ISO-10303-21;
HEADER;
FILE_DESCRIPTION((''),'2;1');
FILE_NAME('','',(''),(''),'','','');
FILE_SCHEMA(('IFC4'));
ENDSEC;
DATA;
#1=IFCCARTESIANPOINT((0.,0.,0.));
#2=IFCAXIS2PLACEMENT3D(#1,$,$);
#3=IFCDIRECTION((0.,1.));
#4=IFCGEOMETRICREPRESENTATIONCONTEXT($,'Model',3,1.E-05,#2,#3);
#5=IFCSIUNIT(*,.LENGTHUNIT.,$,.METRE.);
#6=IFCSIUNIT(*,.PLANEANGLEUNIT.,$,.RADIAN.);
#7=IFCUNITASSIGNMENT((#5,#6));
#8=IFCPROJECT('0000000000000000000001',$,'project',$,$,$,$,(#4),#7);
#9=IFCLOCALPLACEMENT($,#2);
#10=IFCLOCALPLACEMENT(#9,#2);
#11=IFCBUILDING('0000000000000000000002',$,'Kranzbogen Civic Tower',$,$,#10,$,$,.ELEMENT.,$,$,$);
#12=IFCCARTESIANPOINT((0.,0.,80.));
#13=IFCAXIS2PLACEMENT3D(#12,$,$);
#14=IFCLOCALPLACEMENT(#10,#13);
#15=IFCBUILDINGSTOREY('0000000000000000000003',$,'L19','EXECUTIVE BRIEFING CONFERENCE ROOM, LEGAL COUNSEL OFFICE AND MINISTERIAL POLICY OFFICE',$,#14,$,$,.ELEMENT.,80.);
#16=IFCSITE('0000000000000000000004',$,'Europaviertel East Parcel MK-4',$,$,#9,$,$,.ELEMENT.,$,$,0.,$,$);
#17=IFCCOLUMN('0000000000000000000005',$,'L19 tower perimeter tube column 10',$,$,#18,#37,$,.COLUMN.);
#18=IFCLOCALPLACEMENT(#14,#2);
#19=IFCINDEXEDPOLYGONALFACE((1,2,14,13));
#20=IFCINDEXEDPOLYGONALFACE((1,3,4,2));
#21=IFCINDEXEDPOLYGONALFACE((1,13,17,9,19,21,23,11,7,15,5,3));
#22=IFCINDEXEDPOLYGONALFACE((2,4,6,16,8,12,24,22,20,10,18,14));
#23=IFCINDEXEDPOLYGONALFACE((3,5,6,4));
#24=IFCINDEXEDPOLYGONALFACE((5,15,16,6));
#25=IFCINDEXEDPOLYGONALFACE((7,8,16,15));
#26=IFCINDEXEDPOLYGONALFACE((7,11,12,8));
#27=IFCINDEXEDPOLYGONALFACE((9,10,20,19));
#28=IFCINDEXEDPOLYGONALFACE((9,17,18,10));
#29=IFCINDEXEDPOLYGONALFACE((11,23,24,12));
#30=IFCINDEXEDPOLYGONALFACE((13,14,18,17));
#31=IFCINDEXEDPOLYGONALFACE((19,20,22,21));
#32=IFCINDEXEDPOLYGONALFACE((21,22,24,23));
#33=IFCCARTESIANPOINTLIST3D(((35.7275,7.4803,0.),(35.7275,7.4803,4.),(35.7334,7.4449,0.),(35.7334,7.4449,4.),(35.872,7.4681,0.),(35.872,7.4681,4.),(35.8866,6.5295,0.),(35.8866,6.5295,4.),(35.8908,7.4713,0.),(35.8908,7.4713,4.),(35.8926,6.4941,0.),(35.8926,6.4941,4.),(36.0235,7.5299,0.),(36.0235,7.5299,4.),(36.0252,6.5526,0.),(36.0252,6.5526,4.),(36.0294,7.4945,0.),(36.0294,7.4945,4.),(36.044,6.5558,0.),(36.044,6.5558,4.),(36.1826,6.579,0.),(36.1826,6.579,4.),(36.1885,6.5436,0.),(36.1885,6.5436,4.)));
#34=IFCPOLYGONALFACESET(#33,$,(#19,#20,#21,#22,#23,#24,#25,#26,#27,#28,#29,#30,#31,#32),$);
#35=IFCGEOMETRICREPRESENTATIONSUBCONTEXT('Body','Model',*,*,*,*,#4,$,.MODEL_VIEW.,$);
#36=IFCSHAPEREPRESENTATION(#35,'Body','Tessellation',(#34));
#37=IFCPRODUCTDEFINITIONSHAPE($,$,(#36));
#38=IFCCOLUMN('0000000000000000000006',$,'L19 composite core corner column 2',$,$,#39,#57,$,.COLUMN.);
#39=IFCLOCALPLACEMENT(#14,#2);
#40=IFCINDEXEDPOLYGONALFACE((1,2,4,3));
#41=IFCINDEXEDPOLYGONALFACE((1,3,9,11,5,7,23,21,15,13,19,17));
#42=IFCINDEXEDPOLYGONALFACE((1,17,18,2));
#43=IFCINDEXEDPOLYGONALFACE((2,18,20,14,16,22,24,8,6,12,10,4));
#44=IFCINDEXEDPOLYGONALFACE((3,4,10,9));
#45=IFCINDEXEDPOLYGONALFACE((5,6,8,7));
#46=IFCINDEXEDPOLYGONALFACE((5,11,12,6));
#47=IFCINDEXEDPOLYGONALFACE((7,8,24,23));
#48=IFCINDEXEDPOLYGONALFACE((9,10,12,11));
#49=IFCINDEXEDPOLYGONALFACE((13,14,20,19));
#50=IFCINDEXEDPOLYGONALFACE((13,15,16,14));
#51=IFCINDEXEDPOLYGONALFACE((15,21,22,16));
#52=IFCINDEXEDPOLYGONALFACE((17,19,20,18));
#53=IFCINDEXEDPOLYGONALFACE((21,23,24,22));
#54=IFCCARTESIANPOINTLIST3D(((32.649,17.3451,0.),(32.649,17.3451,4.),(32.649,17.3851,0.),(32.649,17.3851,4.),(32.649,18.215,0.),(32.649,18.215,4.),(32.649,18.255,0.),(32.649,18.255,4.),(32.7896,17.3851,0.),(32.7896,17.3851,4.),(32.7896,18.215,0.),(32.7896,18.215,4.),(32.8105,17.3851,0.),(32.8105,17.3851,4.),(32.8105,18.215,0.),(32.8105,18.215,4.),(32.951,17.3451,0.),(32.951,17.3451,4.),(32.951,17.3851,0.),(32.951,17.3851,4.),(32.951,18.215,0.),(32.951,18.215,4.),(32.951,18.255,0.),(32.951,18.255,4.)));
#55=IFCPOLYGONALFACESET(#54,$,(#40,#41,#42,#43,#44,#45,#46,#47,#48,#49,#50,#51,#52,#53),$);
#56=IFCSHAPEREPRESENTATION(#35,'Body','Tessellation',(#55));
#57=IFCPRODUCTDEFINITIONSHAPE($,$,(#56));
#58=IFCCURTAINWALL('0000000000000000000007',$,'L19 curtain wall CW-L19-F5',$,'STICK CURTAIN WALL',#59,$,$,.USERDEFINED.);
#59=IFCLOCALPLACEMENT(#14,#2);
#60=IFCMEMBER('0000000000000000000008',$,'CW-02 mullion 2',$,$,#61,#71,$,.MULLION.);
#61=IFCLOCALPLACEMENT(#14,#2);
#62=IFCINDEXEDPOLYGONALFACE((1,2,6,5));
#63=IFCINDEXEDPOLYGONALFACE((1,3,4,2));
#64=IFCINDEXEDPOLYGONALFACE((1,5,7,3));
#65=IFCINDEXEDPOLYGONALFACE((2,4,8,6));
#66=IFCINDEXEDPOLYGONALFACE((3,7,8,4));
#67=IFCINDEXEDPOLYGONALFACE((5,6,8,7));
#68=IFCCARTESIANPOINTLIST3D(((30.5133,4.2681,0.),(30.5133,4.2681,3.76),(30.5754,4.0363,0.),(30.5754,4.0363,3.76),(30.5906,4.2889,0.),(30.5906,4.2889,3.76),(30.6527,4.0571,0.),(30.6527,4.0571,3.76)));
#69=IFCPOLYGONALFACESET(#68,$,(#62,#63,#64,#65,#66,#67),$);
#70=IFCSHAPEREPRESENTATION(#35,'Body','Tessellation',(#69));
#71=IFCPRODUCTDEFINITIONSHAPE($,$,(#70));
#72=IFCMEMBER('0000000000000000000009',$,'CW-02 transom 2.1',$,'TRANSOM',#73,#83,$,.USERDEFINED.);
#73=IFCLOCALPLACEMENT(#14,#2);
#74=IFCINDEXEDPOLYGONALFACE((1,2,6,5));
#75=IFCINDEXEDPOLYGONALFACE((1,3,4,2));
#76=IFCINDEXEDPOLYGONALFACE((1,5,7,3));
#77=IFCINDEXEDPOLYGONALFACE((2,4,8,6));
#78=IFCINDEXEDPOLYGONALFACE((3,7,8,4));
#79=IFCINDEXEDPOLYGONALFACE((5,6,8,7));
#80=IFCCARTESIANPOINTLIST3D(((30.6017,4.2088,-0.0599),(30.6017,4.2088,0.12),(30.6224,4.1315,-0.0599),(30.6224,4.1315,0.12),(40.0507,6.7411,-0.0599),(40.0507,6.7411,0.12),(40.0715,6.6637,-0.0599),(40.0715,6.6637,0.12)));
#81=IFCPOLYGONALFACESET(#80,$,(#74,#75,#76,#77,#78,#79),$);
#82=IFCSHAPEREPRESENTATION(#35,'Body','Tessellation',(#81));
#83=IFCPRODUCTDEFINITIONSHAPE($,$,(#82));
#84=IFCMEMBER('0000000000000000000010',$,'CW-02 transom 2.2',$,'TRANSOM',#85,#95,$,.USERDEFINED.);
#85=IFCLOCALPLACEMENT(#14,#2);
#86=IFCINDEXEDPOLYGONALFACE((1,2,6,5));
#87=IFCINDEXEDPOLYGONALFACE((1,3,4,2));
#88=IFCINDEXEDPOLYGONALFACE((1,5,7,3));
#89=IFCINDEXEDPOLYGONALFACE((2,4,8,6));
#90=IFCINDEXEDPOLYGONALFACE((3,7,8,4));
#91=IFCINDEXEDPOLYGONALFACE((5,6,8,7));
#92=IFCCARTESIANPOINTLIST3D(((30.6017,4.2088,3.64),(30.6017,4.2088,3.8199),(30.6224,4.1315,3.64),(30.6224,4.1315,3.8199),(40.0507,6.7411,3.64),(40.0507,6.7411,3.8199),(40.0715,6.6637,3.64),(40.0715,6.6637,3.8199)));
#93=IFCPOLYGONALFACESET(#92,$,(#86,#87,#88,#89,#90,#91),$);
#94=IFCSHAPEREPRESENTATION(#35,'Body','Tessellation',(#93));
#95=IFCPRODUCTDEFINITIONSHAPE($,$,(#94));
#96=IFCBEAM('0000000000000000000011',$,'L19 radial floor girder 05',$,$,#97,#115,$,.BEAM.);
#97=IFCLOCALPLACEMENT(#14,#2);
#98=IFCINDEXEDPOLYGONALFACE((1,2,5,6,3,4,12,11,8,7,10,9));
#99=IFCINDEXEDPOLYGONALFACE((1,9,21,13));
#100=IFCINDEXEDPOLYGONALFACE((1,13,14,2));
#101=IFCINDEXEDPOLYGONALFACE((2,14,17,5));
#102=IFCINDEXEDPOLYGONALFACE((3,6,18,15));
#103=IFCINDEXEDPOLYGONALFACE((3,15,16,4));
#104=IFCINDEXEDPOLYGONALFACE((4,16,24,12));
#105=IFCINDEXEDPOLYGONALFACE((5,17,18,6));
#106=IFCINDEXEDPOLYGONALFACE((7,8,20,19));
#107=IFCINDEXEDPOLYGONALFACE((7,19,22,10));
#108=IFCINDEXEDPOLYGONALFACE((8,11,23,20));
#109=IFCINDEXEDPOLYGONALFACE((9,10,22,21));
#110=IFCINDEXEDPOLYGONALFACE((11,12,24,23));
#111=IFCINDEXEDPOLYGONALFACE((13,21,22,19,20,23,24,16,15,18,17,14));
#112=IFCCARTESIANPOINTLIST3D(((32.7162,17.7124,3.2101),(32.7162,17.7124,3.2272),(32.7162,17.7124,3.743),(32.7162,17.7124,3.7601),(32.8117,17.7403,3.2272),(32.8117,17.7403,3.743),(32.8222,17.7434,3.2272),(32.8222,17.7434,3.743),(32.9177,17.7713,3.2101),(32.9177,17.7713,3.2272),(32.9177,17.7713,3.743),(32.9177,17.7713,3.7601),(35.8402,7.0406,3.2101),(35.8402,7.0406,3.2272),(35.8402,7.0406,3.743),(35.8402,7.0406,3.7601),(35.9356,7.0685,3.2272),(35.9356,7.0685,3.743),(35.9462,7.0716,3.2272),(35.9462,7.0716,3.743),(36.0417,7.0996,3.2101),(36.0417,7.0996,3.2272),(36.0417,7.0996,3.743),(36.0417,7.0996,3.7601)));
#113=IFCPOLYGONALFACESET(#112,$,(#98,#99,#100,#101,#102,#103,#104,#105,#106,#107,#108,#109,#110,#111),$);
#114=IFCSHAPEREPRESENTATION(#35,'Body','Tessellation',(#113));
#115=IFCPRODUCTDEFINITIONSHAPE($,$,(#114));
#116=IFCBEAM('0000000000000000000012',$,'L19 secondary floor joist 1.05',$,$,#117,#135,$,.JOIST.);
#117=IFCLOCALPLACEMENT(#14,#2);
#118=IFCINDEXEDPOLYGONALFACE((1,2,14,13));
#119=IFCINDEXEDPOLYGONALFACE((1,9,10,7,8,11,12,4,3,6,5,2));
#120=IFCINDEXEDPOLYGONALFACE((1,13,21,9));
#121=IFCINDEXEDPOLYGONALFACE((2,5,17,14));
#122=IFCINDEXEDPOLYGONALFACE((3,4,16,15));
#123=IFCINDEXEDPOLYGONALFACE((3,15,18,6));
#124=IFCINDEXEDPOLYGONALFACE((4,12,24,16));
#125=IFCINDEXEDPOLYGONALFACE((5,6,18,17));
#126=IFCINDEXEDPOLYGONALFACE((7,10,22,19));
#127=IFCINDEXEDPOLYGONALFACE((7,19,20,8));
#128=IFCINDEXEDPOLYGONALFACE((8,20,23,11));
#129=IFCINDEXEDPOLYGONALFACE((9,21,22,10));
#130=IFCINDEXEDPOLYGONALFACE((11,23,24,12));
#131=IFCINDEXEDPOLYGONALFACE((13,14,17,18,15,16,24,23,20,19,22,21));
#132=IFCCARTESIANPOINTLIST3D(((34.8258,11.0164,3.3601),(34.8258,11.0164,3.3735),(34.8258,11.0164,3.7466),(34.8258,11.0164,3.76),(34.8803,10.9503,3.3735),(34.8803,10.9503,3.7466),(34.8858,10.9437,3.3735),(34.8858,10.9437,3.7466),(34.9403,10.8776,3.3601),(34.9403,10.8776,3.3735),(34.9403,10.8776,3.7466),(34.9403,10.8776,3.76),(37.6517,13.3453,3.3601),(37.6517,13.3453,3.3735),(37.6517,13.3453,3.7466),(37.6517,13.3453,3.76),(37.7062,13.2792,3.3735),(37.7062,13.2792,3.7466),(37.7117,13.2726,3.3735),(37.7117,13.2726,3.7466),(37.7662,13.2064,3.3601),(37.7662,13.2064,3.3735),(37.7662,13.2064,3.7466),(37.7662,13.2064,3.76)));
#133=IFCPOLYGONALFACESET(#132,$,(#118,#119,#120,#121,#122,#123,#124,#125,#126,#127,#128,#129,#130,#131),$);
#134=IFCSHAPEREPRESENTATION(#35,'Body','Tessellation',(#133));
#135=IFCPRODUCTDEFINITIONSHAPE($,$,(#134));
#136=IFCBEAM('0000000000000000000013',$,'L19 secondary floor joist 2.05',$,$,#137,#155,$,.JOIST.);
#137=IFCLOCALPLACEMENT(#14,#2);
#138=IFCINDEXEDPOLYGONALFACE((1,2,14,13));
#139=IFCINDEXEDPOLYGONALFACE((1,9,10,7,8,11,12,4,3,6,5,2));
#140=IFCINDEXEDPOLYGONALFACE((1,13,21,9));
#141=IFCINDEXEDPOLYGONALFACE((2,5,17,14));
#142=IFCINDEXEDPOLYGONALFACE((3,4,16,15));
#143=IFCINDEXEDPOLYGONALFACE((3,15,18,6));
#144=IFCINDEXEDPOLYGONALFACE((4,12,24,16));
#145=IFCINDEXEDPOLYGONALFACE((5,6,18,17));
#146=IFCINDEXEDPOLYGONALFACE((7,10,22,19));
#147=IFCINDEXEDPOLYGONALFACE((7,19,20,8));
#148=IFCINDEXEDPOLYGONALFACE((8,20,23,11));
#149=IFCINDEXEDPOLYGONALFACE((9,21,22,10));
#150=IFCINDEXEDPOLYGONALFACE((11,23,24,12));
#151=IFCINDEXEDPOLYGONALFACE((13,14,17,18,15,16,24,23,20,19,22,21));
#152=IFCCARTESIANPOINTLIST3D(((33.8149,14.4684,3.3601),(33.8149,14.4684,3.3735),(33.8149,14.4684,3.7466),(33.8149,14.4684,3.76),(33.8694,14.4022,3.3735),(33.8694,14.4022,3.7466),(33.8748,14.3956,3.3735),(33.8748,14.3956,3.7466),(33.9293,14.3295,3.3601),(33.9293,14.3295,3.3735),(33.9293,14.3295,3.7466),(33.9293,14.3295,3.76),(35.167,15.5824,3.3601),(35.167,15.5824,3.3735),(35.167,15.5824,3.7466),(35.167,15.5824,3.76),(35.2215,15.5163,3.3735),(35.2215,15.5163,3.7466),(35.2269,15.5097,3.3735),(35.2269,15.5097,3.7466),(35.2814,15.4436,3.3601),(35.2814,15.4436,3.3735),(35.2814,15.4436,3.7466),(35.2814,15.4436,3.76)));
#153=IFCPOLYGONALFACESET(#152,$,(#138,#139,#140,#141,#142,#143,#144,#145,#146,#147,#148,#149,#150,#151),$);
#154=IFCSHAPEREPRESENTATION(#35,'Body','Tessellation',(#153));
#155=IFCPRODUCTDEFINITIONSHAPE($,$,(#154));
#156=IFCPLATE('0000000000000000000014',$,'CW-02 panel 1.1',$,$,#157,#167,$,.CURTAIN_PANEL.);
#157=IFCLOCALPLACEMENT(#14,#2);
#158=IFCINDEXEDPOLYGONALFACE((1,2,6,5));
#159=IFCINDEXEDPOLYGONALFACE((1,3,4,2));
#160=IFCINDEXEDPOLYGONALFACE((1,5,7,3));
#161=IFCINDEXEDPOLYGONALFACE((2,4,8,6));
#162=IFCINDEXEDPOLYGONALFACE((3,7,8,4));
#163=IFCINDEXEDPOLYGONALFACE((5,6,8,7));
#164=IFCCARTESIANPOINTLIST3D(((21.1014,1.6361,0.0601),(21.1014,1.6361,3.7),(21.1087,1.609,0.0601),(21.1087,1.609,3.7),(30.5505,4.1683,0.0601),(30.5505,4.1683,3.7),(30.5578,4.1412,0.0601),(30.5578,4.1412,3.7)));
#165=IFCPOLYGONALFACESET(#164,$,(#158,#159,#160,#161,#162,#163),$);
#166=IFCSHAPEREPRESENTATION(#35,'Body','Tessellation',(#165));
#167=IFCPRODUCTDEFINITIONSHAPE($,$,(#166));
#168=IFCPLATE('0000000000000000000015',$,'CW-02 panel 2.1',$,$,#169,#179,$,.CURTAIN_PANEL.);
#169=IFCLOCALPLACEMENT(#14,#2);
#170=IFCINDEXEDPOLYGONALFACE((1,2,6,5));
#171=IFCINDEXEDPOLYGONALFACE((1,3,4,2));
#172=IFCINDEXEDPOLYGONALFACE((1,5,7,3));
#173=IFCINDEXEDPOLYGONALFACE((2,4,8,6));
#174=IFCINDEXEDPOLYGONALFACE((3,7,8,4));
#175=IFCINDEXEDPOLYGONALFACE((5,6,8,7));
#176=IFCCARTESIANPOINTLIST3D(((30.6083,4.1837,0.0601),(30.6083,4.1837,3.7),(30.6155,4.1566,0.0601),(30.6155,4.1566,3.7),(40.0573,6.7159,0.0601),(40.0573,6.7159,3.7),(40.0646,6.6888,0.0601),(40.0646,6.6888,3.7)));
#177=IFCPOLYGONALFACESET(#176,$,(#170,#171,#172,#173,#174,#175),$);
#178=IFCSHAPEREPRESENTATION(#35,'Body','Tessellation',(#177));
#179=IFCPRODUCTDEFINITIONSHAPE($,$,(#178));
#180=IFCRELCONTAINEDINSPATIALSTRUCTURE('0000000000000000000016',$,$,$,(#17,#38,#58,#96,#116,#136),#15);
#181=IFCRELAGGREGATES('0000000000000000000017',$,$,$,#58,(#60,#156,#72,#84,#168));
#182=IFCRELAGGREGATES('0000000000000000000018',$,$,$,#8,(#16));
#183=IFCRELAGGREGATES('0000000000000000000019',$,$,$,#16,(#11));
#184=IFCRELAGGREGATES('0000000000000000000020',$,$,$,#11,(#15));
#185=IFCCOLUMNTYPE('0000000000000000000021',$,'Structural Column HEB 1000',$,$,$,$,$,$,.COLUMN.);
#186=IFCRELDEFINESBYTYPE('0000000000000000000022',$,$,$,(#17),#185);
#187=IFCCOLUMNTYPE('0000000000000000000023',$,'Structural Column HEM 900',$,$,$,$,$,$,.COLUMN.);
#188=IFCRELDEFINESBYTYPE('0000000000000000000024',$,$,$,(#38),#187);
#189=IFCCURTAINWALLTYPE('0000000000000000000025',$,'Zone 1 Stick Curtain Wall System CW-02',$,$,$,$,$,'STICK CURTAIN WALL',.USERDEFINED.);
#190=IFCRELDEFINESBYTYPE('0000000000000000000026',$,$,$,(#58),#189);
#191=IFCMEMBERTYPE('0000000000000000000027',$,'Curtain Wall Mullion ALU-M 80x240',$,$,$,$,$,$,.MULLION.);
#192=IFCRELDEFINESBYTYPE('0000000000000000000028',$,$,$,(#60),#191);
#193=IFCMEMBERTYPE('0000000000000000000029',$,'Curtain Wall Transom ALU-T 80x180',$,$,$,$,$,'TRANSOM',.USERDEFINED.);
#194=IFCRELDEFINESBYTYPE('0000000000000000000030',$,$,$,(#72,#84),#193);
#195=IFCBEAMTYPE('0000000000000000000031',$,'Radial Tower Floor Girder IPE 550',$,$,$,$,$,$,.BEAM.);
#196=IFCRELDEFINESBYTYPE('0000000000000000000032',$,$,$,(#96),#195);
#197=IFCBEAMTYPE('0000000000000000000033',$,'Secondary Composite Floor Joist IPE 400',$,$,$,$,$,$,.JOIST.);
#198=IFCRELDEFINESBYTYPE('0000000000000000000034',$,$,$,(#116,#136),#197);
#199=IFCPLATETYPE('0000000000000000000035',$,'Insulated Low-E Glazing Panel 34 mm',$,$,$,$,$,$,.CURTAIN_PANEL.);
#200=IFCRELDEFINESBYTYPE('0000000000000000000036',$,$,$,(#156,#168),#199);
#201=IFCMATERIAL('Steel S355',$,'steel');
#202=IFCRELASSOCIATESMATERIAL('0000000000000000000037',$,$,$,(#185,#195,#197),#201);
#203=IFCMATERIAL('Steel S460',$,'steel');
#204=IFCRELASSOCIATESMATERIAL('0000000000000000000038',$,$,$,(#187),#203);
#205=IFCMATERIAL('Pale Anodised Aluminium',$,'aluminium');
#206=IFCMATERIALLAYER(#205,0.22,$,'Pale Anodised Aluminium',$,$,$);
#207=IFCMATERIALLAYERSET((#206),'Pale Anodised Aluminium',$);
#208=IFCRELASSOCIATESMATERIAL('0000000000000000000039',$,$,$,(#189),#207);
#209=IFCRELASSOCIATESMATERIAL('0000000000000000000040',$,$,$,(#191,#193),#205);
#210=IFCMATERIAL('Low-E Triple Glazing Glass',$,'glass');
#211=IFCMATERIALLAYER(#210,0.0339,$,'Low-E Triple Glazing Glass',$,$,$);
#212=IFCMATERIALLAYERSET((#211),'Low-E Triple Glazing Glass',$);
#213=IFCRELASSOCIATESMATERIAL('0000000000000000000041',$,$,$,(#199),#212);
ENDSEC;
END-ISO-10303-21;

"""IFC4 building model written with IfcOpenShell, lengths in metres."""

from ifc_helpers import new_model, si_unit, direction, frame, origin, origin_2d, place, context, subcontext, project, spatial, rectangle, i_section, extrude, material, layer, layer_set, material_profile, profile_set, type_object, element, aggregate, save


model = new_model("IFC4")

# Units and contexts
model_context = context("Model", 3, precision=1e-05, world=origin(), true_north=direction((0.0, 1.0)))
body_context = subcontext(model_context, "Body", "Model", "MODEL_VIEW")
ifc_project = project(units=[si_unit("LENGTHUNIT", "METRE"), si_unit("PLANEANGLEUNIT", "RADIAN")], contexts=[model_context])

# Site, building, storey
site_placement = place(None, origin())
site = spatial("IfcSite", under=ifc_project, at=site_placement, Name="Europaviertel East Parcel MK-4", CompositionType="ELEMENT", RefElevation=0.0)
building_placement = place(site_placement, origin())
building = spatial("IfcBuilding", under=site, at=building_placement, Name="Kranzbogen Civic Tower", CompositionType="ELEMENT")
storey_placement = place(building_placement, frame((0.0, 0.0, 80.0)))
storey = spatial("IfcBuildingStorey", under=building, at=storey_placement, Name="L19", Description="EXECUTIVE BRIEFING CONFERENCE ROOM, LEGAL COUNSEL OFFICE AND MINISTERIAL POLICY OFFICE", CompositionType="ELEMENT", Elevation=80.0)

# Columns
ifc_material_1 = material(Name="Steel S355", Category="steel")
ifc_material_profile_1 = material_profile(ifc_material_1, i_section(OverallWidth=0.3, OverallDepth=1.0, WebThickness=0.019, FlangeThickness=0.0359, at=origin_2d()), Name="HEB 1000")
ifc_profile_set_1 = profile_set([ifc_material_profile_1], Name="Steel S355")
column_type_1 = type_object("IfcColumnType", Name="Structural Column HEB 1000", PredefinedType="COLUMN", material=ifc_profile_set_1)
column_1_placement = place(storey_placement, frame((35.958, 7.012, 0.0), z_axis=(0.0, 0.0, 1.0), x_axis=(0.986286, 0.165048, 0.0)))
element("IfcColumn", 1, at=column_1_placement, inside=storey, type_object=column_type_1, Name="L19 tower perimeter tube column 10", PredefinedType="COLUMN", context=body_context, shape_type="SweptSolid", body=[
    extrude(i_section(OverallWidth=0.3, OverallDepth=1.0, WebThickness=0.019, FlangeThickness=0.0359, at=origin_2d()), origin(), (0.0, 0.0, 1.0), 4.0),
])
ifc_material_2 = material(Name="Steel S460", Category="steel")
ifc_material_profile_2 = material_profile(ifc_material_2, i_section(OverallWidth=0.302, OverallDepth=0.9099, WebThickness=0.021, FlangeThickness=0.04, at=origin_2d()), Name="HEM 900")
ifc_profile_set_2 = profile_set([ifc_material_profile_2], Name="Steel S460")
column_type_2 = type_object("IfcColumnType", Name="Structural Column HEM 900", PredefinedType="COLUMN", material=ifc_profile_set_2)
column_2_placement = place(storey_placement, frame((32.8, 17.8, 0.0), z_axis=(0.0, 0.0, 1.0), x_axis=(1.0, 0.0, 0.0)))
element("IfcColumn", 2, at=column_2_placement, inside=storey, type_object=column_type_2, Name="L19 composite core corner column 2", PredefinedType="COLUMN", context=body_context, shape_type="SweptSolid", body=[
    extrude(i_section(OverallWidth=0.302, OverallDepth=0.9099, WebThickness=0.021, FlangeThickness=0.04, at=origin_2d()), origin(), (0.0, 0.0, 1.0), 4.0),
])

# Curtain wall, members
ifc_material_3 = material(Name="Pale Anodised Aluminium", Category="aluminium")
ifc_layer_1 = layer(ifc_material_3, 0.22, Name="Pale Anodised Aluminium")
ifc_layer_set_1 = layer_set([ifc_layer_1], Name="Pale Anodised Aluminium")
curtain_wall_type = type_object("IfcCurtainWallType", Name="Zone 1 Stick Curtain Wall System CW-02", ElementType="STICK CURTAIN WALL", PredefinedType="USERDEFINED", material=ifc_layer_set_1)
curtain_wall_placement = place(storey_placement, origin())
curtain_wall = element("IfcCurtainWall", 3, at=curtain_wall_placement, inside=storey, type_object=curtain_wall_type, Name="L19 curtain wall CW-L19-F5", ObjectType="STICK CURTAIN WALL", PredefinedType="USERDEFINED")
ifc_material_profile_3 = material_profile(ifc_material_3, rectangle(XDim=0.0801, YDim=0.24, at=origin_2d()), Name="ALU-M 80x240")
ifc_profile_set_3 = profile_set([ifc_material_profile_3], Name="Pale Anodised Aluminium")
member_type_1 = type_object("IfcMemberType", Name="Curtain Wall Mullion ALU-M 80x240", PredefinedType="MULLION", material=ifc_profile_set_3)
member_1_placement = place(storey_placement, frame((30.583, 4.1626, 0.0), z_axis=(0.0, 0.0, 1.0), x_axis=(0.965917, 0.258851, 0.0)))
member_1 = element("IfcMember", 4, at=member_1_placement, type_object=member_type_1, Name="CW-02 mullion 2", PredefinedType="MULLION", context=body_context, shape_type="SweptSolid", body=[
    extrude(rectangle(XDim=0.0801, YDim=0.24, at=origin_2d()), origin(), (0.0, 0.0, 1.0), 3.76),
])
ifc_material_profile_4 = material_profile(ifc_material_3, rectangle(XDim=0.0801, YDim=0.1799, at=origin_2d()), Name="ALU-T 80x180")
ifc_profile_set_4 = profile_set([ifc_material_profile_4], Name="Pale Anodised Aluminium")
member_type_2 = type_object("IfcMemberType", Name="Curtain Wall Transom ALU-T 80x180", ElementType="TRANSOM", PredefinedType="USERDEFINED", material=ifc_profile_set_4)
member_2_placement = place(storey_placement, frame((30.6121, 4.1702, 0.03), z_axis=(0.965916, 0.258855, 0.0), x_axis=(-0.258855, 0.965916, 0.0)))
member_2 = element("IfcMember", 5, at=member_2_placement, type_object=member_type_2, Name="CW-02 transom 2.1", ObjectType="TRANSOM", PredefinedType="USERDEFINED", context=body_context, shape_type="SweptSolid", body=[
    extrude(rectangle(XDim=0.0801, YDim=0.1799, at=origin_2d()), origin(), (0.0, 0.0, 1.0), 9.7825),
])
member_3_placement = place(storey_placement, frame((30.6121, 4.1702, 3.73), z_axis=(0.965916, 0.258855, 0.0), x_axis=(-0.258855, 0.965916, 0.0)))
member_3 = element("IfcMember", 6, at=member_3_placement, type_object=member_type_2, Name="CW-02 transom 2.2", ObjectType="TRANSOM", PredefinedType="USERDEFINED", context=body_context, shape_type="SweptSolid", body=[
    extrude(rectangle(XDim=0.0801, YDim=0.1799, at=origin_2d()), origin(), (0.0, 0.0, 1.0), 9.7825),
])

# Beams
ifc_material_profile_5 = material_profile(ifc_material_1, i_section(OverallWidth=0.21, OverallDepth=0.55, WebThickness=0.011, FlangeThickness=0.0171, at=origin_2d()), Name="IPE 550")
ifc_profile_set_5 = profile_set([ifc_material_profile_5], Name="Steel S355")
beam_type_1 = type_object("IfcBeamType", Name="Radial Tower Floor Girder IPE 550", PredefinedType="BEAM", material=ifc_profile_set_5)
beam_1_placement = place(storey_placement, frame((35.9409, 7.0701, 3.4851), z_axis=(-0.280944, 0.959724, 0.0), x_axis=(-0.959724, -0.280944, 0.0)))
element("IfcBeam", 7, at=beam_1_placement, inside=storey, type_object=beam_type_1, Name="L19 radial floor girder 05", PredefinedType="BEAM", context=body_context, shape_type="SweptSolid", body=[
    extrude(i_section(OverallWidth=0.21, OverallDepth=0.55, WebThickness=0.011, FlangeThickness=0.0171, at=origin_2d()), origin(), (0.0, 0.0, 1.0), 11.1196),
])
ifc_material_profile_6 = material_profile(ifc_material_1, i_section(OverallWidth=0.1799, OverallDepth=0.3999, WebThickness=0.0085, FlangeThickness=0.0134, at=origin_2d()), Name="IPE 400")
ifc_profile_set_6 = profile_set([ifc_material_profile_6], Name="Steel S355")
beam_type_2 = type_object("IfcBeamType", Name="Secondary Composite Floor Joist IPE 400", PredefinedType="JOIST", material=ifc_profile_set_6)
beam_2_placement = place(storey_placement, frame((34.8831, 10.947, 3.5601), z_axis=(0.771713, 0.635971, 0.0), x_axis=(-0.635971, 0.771713, 0.0)))
element("IfcBeam", 8, at=beam_2_placement, inside=storey, type_object=beam_type_2, Name="L19 secondary floor joist 1.05", PredefinedType="JOIST", context=body_context, shape_type="SweptSolid", body=[
    extrude(i_section(OverallWidth=0.1799, OverallDepth=0.3999, WebThickness=0.0085, FlangeThickness=0.0134, at=origin_2d()), origin(), (0.0, 0.0, 1.0), 3.6619),
])
beam_3_placement = place(storey_placement, frame((33.8721, 14.3989, 3.5601), z_axis=(0.771773, 0.635898, 0.0), x_axis=(-0.635898, 0.771773, 0.0)))
element("IfcBeam", 9, at=beam_3_placement, inside=storey, type_object=beam_type_2, Name="L19 secondary floor joist 2.05", PredefinedType="JOIST", context=body_context, shape_type="SweptSolid", body=[
    extrude(i_section(OverallWidth=0.1799, OverallDepth=0.3999, WebThickness=0.0085, FlangeThickness=0.0134, at=origin_2d()), origin(), (0.0, 0.0, 1.0), 1.752),
])

# Plates
ifc_material_4 = material(Name="Low-E Triple Glazing Glass", Category="glass")
ifc_layer_2 = layer(ifc_material_4, 0.0339, Name="Low-E Triple Glazing Glass")
ifc_layer_set_2 = layer_set([ifc_layer_2], Name="Low-E Triple Glazing Glass")
plate_type = type_object("IfcPlateType", Name="Insulated Low-E Glazing Panel 34 mm", PredefinedType="CURTAIN_PANEL", material=ifc_layer_set_2)
plate_1_placement = place(storey_placement, frame((25.8296, 2.8887, 0.0601), z_axis=(0.0, 0.0, 1.0), x_axis=(0.965917, 0.258851, 0.0)))
plate_1 = element("IfcPlate", 10, at=plate_1_placement, type_object=plate_type, Name="CW-02 panel 1.1", PredefinedType="CURTAIN_PANEL", context=body_context, shape_type="SweptSolid", body=[
    extrude(rectangle(XDim=9.7825, YDim=0.0281, at=origin_2d()), origin(), (0.0, 0.0, 1.0), 3.6399),
])
plate_2_placement = place(storey_placement, frame((35.3364, 5.4363, 0.0601), z_axis=(0.0, 0.0, 1.0), x_axis=(0.965917, 0.258851, 0.0)))
plate_2 = element("IfcPlate", 11, at=plate_2_placement, type_object=plate_type, Name="CW-02 panel 2.1", PredefinedType="CURTAIN_PANEL", context=body_context, shape_type="SweptSolid", body=[
    extrude(rectangle(XDim=9.7825, YDim=0.0281, at=origin_2d()), origin(), (0.0, 0.0, 1.0), 3.6399),
])
aggregate(curtain_wall, [member_1, plate_1, member_2, member_3, plate_2])

save(model, "model.ifc")
